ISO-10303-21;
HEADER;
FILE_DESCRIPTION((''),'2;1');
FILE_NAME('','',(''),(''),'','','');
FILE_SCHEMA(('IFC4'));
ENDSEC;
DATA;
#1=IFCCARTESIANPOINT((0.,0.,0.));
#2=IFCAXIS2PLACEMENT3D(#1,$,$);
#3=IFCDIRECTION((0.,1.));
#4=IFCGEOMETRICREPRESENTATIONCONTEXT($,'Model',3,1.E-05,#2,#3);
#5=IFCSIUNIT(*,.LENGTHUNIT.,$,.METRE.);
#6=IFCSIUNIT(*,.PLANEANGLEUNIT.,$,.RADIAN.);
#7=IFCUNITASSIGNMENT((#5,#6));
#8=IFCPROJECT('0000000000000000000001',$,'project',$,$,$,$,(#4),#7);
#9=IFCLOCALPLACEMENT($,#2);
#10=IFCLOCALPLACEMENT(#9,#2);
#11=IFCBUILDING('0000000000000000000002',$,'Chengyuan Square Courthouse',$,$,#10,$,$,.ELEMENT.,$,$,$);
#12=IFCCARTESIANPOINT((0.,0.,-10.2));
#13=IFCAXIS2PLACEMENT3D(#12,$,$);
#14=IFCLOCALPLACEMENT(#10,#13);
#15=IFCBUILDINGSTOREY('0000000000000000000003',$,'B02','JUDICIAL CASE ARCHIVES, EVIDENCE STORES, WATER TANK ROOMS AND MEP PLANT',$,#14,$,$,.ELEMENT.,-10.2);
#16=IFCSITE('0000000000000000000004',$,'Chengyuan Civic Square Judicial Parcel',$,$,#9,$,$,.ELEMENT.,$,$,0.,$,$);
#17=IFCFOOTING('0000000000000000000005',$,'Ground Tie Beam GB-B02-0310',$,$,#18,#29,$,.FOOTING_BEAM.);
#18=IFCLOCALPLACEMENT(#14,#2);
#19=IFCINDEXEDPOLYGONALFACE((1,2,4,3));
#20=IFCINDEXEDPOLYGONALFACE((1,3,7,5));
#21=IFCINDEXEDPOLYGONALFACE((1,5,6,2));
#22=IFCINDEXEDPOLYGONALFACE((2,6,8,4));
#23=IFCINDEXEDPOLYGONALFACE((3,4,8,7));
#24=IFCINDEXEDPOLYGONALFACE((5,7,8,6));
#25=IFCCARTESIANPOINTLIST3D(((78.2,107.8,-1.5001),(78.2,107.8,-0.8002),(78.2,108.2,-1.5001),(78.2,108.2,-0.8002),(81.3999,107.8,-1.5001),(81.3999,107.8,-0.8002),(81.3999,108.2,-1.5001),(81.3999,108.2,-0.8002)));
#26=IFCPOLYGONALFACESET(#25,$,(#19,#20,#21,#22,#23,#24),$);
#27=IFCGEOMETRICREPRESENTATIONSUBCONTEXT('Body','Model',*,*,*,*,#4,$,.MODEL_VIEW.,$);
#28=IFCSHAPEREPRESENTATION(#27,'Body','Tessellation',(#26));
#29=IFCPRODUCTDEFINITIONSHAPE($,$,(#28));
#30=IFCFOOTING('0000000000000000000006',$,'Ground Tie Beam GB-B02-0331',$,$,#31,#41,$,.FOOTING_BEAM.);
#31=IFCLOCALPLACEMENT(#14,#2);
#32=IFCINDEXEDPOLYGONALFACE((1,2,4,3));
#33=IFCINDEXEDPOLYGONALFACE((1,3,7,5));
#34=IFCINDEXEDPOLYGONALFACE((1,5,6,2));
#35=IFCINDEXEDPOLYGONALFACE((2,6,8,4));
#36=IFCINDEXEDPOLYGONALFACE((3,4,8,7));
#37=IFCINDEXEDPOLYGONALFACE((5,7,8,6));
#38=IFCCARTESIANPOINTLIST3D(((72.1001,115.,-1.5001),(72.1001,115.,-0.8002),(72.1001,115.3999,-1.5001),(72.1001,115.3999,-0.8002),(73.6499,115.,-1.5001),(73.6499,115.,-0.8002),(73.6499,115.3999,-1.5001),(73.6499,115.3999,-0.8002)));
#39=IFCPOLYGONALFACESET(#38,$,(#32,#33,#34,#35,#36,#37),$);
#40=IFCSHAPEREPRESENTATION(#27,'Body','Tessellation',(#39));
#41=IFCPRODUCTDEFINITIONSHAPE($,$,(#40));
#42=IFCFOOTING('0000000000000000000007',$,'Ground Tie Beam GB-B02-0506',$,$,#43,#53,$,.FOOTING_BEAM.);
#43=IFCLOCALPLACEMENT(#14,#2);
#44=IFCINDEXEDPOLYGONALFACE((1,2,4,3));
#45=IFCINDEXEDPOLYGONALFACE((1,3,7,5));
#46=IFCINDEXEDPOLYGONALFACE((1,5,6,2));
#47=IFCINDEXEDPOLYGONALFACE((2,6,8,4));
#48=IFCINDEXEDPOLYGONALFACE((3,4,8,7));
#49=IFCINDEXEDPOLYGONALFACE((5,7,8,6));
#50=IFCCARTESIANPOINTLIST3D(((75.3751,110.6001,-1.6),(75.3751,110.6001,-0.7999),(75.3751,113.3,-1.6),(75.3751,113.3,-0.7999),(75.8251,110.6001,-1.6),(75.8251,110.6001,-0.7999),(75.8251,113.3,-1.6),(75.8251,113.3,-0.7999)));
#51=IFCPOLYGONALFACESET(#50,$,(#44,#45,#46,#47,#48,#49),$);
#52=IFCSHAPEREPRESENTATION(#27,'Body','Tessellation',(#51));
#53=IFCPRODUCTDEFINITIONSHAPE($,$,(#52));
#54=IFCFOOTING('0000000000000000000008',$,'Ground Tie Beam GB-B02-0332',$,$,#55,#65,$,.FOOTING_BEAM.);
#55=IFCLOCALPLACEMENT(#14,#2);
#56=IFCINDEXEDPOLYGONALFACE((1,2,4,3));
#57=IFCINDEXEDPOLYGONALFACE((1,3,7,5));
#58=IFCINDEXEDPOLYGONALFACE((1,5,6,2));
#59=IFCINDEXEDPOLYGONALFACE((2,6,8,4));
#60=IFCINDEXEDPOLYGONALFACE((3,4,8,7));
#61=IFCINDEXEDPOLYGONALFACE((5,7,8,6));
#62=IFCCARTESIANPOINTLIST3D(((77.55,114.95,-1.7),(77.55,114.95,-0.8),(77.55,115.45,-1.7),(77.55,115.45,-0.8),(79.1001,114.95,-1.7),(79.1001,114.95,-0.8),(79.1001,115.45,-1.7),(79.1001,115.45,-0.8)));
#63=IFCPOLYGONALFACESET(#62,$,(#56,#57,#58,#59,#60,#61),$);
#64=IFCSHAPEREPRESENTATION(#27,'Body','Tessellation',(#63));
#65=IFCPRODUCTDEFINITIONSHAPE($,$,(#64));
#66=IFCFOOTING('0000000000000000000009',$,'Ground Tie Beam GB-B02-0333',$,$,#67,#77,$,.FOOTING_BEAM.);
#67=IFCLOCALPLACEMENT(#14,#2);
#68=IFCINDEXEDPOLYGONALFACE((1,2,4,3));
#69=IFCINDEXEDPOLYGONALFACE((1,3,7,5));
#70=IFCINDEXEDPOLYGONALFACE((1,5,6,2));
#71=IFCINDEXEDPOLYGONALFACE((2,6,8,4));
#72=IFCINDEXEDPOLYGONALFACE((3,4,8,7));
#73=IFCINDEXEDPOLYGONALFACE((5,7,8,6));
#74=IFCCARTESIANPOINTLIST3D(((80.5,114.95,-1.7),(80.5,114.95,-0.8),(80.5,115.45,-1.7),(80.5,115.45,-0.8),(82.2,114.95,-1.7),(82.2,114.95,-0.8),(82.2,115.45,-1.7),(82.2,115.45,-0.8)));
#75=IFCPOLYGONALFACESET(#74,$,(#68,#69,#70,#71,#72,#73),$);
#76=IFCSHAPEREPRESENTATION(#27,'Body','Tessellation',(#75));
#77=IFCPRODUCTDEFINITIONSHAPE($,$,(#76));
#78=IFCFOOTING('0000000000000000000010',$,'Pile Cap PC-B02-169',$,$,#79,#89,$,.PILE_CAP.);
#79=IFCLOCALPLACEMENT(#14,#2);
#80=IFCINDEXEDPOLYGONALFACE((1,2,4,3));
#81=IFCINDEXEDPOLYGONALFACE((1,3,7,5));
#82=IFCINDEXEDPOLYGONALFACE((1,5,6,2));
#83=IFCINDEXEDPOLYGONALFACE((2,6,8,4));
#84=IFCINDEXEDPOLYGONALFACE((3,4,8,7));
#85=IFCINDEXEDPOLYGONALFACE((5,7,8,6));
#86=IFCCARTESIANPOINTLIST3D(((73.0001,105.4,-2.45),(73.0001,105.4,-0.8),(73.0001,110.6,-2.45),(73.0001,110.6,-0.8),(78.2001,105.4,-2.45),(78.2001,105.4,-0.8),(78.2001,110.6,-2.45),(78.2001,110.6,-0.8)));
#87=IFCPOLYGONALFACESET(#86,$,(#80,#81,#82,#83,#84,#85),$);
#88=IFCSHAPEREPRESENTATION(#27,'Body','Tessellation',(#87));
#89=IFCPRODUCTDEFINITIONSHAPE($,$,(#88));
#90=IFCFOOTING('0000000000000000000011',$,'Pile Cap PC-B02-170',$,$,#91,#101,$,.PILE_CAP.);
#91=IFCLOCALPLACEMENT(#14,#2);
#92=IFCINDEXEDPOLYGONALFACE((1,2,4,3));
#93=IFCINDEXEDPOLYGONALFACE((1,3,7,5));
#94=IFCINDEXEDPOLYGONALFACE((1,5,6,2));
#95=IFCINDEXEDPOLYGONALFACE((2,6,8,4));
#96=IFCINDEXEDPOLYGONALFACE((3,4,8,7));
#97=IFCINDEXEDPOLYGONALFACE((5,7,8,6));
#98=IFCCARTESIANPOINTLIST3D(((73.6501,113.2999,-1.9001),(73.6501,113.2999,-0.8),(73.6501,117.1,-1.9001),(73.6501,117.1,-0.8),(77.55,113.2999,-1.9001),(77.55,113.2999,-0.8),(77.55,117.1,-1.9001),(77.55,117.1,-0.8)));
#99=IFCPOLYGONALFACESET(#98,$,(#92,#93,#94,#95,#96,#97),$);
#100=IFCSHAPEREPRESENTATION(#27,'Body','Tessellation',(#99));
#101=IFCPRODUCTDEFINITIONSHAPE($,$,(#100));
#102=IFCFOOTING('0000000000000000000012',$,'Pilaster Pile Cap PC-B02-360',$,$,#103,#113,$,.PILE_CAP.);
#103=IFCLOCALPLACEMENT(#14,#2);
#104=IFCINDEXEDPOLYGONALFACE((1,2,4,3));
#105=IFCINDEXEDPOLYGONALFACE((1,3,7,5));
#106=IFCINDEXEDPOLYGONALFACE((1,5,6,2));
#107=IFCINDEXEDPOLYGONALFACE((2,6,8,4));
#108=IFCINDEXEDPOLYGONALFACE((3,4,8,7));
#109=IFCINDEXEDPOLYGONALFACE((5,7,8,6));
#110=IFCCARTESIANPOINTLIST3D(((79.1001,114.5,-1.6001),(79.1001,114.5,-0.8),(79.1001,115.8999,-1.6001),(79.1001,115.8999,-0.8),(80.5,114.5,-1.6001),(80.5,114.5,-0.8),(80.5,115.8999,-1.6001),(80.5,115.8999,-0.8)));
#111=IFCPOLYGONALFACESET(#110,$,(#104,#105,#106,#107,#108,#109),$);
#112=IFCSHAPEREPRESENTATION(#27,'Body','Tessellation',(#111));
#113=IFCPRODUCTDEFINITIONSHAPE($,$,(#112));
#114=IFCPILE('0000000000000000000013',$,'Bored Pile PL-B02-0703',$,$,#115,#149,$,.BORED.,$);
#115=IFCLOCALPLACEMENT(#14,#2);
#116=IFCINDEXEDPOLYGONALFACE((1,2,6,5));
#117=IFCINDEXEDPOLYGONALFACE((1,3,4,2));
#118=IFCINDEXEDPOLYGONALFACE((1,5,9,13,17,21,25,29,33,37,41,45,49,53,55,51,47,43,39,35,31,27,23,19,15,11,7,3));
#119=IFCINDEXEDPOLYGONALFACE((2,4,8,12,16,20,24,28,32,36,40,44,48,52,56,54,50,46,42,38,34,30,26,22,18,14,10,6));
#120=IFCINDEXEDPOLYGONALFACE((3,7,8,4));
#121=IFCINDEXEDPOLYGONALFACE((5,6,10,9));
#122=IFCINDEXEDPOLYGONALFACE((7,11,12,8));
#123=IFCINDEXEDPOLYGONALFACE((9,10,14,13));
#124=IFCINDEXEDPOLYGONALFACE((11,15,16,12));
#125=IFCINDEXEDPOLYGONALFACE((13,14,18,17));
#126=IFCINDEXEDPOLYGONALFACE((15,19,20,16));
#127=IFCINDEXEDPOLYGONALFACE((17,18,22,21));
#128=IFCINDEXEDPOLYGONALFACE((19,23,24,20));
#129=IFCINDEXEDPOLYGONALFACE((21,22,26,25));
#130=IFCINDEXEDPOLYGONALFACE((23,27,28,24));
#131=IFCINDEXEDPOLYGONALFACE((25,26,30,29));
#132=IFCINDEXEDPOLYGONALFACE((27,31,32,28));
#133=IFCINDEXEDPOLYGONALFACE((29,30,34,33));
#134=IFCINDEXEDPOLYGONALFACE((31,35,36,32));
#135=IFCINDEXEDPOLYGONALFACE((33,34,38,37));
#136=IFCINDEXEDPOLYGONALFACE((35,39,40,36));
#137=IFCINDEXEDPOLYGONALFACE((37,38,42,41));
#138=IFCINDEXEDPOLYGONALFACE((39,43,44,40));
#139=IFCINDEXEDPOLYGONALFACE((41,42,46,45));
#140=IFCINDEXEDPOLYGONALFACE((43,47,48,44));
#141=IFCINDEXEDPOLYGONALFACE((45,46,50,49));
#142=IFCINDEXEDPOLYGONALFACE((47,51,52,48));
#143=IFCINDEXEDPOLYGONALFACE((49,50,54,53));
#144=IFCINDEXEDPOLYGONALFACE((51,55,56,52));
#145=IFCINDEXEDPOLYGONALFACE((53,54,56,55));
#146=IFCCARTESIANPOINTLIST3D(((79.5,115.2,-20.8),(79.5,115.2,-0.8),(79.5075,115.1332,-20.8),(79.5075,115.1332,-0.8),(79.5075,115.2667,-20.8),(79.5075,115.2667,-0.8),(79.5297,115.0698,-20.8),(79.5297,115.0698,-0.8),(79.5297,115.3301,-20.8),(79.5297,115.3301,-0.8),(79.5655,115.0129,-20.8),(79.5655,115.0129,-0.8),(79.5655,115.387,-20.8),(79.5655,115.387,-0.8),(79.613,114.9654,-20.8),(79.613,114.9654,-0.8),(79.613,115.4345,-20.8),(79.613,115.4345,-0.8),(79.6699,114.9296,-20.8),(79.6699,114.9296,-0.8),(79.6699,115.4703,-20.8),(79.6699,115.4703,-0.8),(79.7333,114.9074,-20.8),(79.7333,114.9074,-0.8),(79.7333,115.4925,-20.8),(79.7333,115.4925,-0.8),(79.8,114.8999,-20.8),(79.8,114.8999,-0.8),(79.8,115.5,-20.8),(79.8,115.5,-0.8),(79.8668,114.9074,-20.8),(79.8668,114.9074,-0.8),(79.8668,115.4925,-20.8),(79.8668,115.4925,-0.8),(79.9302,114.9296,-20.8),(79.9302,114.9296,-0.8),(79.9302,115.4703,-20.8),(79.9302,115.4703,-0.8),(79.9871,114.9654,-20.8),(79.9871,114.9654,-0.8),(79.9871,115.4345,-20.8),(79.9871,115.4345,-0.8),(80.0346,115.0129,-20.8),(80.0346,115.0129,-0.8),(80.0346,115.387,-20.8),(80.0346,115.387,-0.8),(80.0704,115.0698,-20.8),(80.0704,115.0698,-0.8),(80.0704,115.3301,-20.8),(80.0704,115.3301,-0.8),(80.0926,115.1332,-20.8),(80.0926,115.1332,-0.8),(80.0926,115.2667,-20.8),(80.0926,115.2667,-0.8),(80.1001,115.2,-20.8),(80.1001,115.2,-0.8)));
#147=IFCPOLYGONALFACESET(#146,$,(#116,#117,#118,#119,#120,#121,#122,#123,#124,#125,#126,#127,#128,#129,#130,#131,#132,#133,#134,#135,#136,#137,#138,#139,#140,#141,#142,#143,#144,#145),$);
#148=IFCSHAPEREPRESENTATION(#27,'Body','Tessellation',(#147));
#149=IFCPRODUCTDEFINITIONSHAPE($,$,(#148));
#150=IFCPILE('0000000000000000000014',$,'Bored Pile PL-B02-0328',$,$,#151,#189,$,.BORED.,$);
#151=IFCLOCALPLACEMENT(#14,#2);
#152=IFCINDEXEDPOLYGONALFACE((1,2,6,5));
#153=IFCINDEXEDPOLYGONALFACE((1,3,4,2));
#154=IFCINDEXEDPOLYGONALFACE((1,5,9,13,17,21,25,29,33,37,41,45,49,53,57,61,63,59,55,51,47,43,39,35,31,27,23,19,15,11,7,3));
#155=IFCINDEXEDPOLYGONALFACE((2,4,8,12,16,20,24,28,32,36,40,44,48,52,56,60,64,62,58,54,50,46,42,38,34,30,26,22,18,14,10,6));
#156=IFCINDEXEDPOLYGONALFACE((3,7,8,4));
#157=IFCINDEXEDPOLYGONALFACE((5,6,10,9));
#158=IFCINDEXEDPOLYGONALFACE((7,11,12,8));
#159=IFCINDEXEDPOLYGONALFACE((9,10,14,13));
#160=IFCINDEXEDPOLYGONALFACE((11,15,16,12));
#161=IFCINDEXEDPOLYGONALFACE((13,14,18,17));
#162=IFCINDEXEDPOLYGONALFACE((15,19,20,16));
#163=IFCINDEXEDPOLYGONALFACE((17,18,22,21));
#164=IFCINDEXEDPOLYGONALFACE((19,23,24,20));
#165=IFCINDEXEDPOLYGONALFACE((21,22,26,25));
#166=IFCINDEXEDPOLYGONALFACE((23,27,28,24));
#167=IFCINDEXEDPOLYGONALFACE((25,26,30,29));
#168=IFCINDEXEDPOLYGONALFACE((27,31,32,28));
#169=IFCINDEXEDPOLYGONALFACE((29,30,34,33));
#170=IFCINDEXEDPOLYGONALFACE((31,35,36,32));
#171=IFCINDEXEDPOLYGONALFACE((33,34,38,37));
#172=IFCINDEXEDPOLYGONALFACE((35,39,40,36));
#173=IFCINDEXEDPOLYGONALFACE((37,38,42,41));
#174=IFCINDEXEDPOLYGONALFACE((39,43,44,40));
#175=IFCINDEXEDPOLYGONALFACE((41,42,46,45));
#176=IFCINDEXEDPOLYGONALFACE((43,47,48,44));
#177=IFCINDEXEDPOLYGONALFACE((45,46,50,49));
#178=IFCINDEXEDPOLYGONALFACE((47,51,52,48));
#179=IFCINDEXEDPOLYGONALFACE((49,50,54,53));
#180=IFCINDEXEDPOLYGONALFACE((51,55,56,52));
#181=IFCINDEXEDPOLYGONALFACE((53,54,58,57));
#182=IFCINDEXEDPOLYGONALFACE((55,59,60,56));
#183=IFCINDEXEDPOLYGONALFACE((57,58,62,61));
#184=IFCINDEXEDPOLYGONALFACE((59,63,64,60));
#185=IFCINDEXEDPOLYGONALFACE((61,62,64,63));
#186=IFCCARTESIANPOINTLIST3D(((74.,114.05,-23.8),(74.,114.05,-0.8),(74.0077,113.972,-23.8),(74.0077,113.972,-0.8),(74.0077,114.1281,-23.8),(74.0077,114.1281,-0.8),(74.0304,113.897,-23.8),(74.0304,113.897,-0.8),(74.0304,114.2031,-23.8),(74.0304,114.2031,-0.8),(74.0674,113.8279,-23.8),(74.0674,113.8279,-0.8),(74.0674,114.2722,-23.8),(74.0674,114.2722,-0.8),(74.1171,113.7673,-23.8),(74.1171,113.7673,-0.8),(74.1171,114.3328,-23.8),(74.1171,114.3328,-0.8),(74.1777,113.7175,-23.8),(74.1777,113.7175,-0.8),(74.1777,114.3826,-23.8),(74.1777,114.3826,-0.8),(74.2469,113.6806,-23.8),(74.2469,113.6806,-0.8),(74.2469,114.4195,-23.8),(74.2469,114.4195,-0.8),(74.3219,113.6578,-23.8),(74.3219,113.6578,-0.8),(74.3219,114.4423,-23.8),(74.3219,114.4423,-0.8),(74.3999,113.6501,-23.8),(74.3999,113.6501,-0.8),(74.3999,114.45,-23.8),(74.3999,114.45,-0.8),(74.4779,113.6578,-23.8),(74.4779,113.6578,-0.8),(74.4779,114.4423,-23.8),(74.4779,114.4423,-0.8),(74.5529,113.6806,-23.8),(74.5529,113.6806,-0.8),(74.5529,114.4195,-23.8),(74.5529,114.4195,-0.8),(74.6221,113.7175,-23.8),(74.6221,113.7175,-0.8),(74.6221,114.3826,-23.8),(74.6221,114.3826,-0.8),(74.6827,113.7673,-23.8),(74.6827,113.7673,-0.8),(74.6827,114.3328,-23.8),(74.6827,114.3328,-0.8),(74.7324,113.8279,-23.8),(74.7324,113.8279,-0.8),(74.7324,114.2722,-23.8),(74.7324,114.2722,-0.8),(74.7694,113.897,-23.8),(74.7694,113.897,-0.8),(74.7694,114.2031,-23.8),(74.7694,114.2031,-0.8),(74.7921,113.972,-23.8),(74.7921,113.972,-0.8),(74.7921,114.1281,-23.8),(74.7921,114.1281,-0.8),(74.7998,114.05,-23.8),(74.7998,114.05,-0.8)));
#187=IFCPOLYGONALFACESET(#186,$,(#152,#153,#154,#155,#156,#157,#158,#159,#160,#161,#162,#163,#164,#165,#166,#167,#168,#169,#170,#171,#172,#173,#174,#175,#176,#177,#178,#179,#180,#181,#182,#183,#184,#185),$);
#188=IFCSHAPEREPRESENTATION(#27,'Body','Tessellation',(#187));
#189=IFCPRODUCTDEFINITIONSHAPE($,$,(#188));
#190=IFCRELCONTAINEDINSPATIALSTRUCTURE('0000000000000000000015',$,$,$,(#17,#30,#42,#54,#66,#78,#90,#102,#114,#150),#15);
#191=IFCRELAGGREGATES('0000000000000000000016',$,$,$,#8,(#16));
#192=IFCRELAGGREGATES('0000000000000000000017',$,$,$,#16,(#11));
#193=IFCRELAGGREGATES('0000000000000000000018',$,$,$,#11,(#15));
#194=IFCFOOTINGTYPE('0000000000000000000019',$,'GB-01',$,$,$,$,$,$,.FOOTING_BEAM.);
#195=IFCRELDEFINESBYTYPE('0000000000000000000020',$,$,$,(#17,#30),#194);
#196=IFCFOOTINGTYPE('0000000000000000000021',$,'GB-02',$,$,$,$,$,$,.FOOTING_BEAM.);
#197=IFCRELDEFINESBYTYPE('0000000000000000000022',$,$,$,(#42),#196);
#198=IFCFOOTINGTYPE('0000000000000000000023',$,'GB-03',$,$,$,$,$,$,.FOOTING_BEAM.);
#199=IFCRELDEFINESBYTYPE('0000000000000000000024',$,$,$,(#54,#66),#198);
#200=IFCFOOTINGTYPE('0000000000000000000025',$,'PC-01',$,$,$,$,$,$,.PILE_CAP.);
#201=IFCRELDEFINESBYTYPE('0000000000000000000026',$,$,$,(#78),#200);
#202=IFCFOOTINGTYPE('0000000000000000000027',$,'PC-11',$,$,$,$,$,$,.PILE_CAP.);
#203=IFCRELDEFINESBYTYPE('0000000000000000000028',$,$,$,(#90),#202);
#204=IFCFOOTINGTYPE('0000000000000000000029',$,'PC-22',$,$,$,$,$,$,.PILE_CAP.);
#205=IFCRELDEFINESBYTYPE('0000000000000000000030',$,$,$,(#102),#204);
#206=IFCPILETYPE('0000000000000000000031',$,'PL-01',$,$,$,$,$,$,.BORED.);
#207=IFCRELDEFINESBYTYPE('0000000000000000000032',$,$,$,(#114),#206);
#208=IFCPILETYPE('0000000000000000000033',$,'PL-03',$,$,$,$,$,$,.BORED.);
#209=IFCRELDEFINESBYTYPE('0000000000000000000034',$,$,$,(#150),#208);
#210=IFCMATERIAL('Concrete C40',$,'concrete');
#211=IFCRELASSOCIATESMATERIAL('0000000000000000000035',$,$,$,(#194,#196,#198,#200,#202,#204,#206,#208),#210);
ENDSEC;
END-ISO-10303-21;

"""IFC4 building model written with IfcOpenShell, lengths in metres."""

from ifc_helpers import new_model, si_unit, direction, frame, origin, origin_2d, place, context, subcontext, project, spatial, rectangle, circle, extrude, material, material_profile, profile_set, type_object, element, save


model = new_model("IFC4")

# Units and contexts
model_context = context("Model", 3, precision=1e-05, world=origin(), true_north=direction((0.0, 1.0)))
body_context = subcontext(model_context, "Body", "Model", "MODEL_VIEW")
ifc_project = project(units=[si_unit("LENGTHUNIT", "METRE"), si_unit("PLANEANGLEUNIT", "RADIAN")], contexts=[model_context])

# Site, building, storey
site_placement = place(None, origin())
site = spatial("IfcSite", under=ifc_project, at=site_placement, Name="Chengyuan Civic Square Judicial Parcel", CompositionType="ELEMENT", RefElevation=0.0)
building_placement = place(site_placement, origin())
building = spatial("IfcBuilding", under=site, at=building_placement, Name="Chengyuan Square Courthouse", CompositionType="ELEMENT")
storey_placement = place(building_placement, frame((0.0, 0.0, -10.2)))
storey = spatial("IfcBuildingStorey", under=building, at=storey_placement, Name="B02", Description="JUDICIAL CASE ARCHIVES, EVIDENCE STORES, WATER TANK ROOMS AND MEP PLANT", CompositionType="ELEMENT", Elevation=-10.2)

# Footings
ifc_material_1 = material(Name="Concrete C40", Category="concrete")
ifc_material_profile_1 = material_profile(ifc_material_1, rectangle(XDim=0.3999, YDim=0.7, at=origin_2d()), Name="GB-400x700")
ifc_profile_set_1 = profile_set([ifc_material_profile_1], Name="Concrete C40")
footing_type_1 = type_object("IfcFootingType", Name="GB-01", PredefinedType="FOOTING_BEAM", material=ifc_profile_set_1)
footing_1_placement = place(storey_placement, frame((78.2, 108.0, -1.1501), z_axis=(1.0, 0.0, 0.0), x_axis=(0.0, 1.0, 0.0)))
element("IfcFooting", 1, at=footing_1_placement, inside=storey, type_object=footing_type_1, Name="Ground Tie Beam GB-B02-0310", PredefinedType="FOOTING_BEAM", context=body_context, shape_type="SweptSolid", body=[
    extrude(rectangle(XDim=0.3999, YDim=0.7, at=origin_2d()), origin(), (0.0, 0.0, 1.0), 3.2),
])
footing_2_placement = place(storey_placement, frame((72.1001, 115.2, -1.1501), z_axis=(1.0, 0.0, 0.0), x_axis=(0.0, 1.0, 0.0)))
element("IfcFooting", 2, at=footing_2_placement, inside=storey, type_object=footing_type_1, Name="Ground Tie Beam GB-B02-0331", PredefinedType="FOOTING_BEAM", context=body_context, shape_type="SweptSolid", body=[
    extrude(rectangle(XDim=0.3999, YDim=0.7, at=origin_2d()), origin(), (0.0, 0.0, 1.0), 1.5498),
])
ifc_material_profile_2 = material_profile(ifc_material_1, rectangle(XDim=0.45, YDim=0.8, at=origin_2d()), Name="GB-450x800")
ifc_profile_set_2 = profile_set([ifc_material_profile_2], Name="Concrete C40")
footing_type_2 = type_object("IfcFootingType", Name="GB-02", PredefinedType="FOOTING_BEAM", material=ifc_profile_set_2)
footing_3_placement = place(storey_placement, frame((75.6001, 110.6001, -1.2), z_axis=(0.0, 1.0, 0.0), x_axis=(-1.0, 0.0, 0.0)))
element("IfcFooting", 3, at=footing_3_placement, inside=storey, type_object=footing_type_2, Name="Ground Tie Beam GB-B02-0506", PredefinedType="FOOTING_BEAM", context=body_context, shape_type="SweptSolid", body=[
    extrude(rectangle(XDim=0.45, YDim=0.8, at=origin_2d()), origin(), (0.0, 0.0, 1.0), 2.7),
])
ifc_material_profile_3 = material_profile(ifc_material_1, rectangle(XDim=0.5, YDim=0.8999, at=origin_2d()), Name="GB-500x900")
ifc_profile_set_3 = profile_set([ifc_material_profile_3], Name="Concrete C40")
footing_type_3 = type_object("IfcFootingType", Name="GB-03", PredefinedType="FOOTING_BEAM", material=ifc_profile_set_3)
footing_4_placement = place(storey_placement, frame((77.55, 115.2, -1.25), z_axis=(1.0, 0.0, 0.0), x_axis=(0.0, 1.0, 0.0)))
element("IfcFooting", 4, at=footing_4_placement, inside=storey, type_object=footing_type_3, Name="Ground Tie Beam GB-B02-0332", PredefinedType="FOOTING_BEAM", context=body_context, shape_type="SweptSolid", body=[
    extrude(rectangle(XDim=0.5, YDim=0.8999, at=origin_2d()), origin(), (0.0, 0.0, 1.0), 1.55),
])
footing_5_placement = place(storey_placement, frame((80.5, 115.2, -1.25), z_axis=(1.0, 0.0, 0.0), x_axis=(0.0, 1.0, 0.0)))
element("IfcFooting", 5, at=footing_5_placement, inside=storey, type_object=footing_type_3, Name="Ground Tie Beam GB-B02-0333", PredefinedType="FOOTING_BEAM", context=body_context, shape_type="SweptSolid", body=[
    extrude(rectangle(XDim=0.5, YDim=0.8999, at=origin_2d()), origin(), (0.0, 0.0, 1.0), 1.7),
])
footing_type_4 = type_object("IfcFootingType", Name="PC-01", PredefinedType="PILE_CAP", material=ifc_material_1)
footing_6_placement = place(storey_placement, frame((75.6001, 108.0, -2.45), z_axis=(0.0, 0.0, 1.0), x_axis=(1.0, 0.0, 0.0)))
element("IfcFooting", 6, at=footing_6_placement, inside=storey, type_object=footing_type_4, Name="Pile Cap PC-B02-169", PredefinedType="PILE_CAP", context=body_context, shape_type="SweptSolid", body=[
    extrude(rectangle(XDim=5.2, YDim=5.2, at=origin_2d()), origin(), (0.0, 0.0, 1.0), 1.6499),
])
footing_type_5 = type_object("IfcFootingType", Name="PC-11", PredefinedType="PILE_CAP", material=ifc_material_1)
footing_7_placement = place(storey_placement, frame((75.6001, 115.2, -1.9001), z_axis=(0.0, 0.0, 1.0), x_axis=(1.0, 0.0, 0.0)))
element("IfcFooting", 7, at=footing_7_placement, inside=storey, type_object=footing_type_5, Name="Pile Cap PC-B02-170", PredefinedType="PILE_CAP", context=body_context, shape_type="SweptSolid", body=[
    extrude(rectangle(XDim=3.8999, YDim=3.8, at=origin_2d()), origin(), (0.0, 0.0, 1.0), 1.1001),
])
footing_type_6 = type_object("IfcFootingType", Name="PC-22", PredefinedType="PILE_CAP", material=ifc_material_1)
footing_8_placement = place(storey_placement, frame((79.8, 115.2, -1.6001), z_axis=(0.0, 0.0, 1.0), x_axis=(1.0, 0.0, 0.0)))
element("IfcFooting", 8, at=footing_8_placement, inside=storey, type_object=footing_type_6, Name="Pilaster Pile Cap PC-B02-360", PredefinedType="PILE_CAP", context=body_context, shape_type="SweptSolid", body=[
    extrude(rectangle(XDim=1.3999, YDim=1.3999, at=origin_2d()), origin(), (0.0, 0.0, 1.0), 0.8),
])

# Piles
ifc_material_profile_4 = material_profile(ifc_material_1, circle(Radius=0.3, at=origin_2d()), Name="BORED PILE D600")
ifc_profile_set_4 = profile_set([ifc_material_profile_4], Name="Concrete C40")
pile_type_1 = type_object("IfcPileType", Name="PL-01", PredefinedType="BORED", material=ifc_profile_set_4)
pile_placement = place(storey_placement, frame((79.8, 115.2, -0.8), z_axis=(0.0, 0.0, -1.0), x_axis=(1.0, 0.0, 0.0)))
element("IfcPile", 9, at=pile_placement, inside=storey, type_object=pile_type_1, Name="Bored Pile PL-B02-0703", PredefinedType="BORED", context=body_context, shape_type="SweptSolid", body=[
    extrude(circle(Radius=0.3, at=origin_2d()), origin(), (0.0, 0.0, 1.0), 20.0),
])
ifc_material_profile_5 = material_profile(ifc_material_1, circle(Radius=0.3999, at=origin_2d()), Name="BORED PILE D800")
ifc_profile_set_5 = profile_set([ifc_material_profile_5], Name="Concrete C40")
pile_type_2 = type_object("IfcPileType", Name="PL-03", PredefinedType="BORED", material=ifc_profile_set_5)
for number, where, z_axis, x_axis, name in (
    (10, (74.3999, 114.05, -0.8), (0.0, 0.0, -1.0), (1.0, 0.0, 0.0), "Bored Pile PL-B02-0328"),
):
    element("IfcPile", number, at=place(storey_placement, frame(where, z_axis=z_axis, x_axis=x_axis)), inside=storey, type_object=pile_type_2, Name=name, PredefinedType="BORED", context=body_context, shape_type="SweptSolid", body=[
        extrude(circle(Radius=0.3999, at=origin_2d()), origin(), (0.0, 0.0, 1.0), 23.0),
    ])

save(model, "model.ifc")
